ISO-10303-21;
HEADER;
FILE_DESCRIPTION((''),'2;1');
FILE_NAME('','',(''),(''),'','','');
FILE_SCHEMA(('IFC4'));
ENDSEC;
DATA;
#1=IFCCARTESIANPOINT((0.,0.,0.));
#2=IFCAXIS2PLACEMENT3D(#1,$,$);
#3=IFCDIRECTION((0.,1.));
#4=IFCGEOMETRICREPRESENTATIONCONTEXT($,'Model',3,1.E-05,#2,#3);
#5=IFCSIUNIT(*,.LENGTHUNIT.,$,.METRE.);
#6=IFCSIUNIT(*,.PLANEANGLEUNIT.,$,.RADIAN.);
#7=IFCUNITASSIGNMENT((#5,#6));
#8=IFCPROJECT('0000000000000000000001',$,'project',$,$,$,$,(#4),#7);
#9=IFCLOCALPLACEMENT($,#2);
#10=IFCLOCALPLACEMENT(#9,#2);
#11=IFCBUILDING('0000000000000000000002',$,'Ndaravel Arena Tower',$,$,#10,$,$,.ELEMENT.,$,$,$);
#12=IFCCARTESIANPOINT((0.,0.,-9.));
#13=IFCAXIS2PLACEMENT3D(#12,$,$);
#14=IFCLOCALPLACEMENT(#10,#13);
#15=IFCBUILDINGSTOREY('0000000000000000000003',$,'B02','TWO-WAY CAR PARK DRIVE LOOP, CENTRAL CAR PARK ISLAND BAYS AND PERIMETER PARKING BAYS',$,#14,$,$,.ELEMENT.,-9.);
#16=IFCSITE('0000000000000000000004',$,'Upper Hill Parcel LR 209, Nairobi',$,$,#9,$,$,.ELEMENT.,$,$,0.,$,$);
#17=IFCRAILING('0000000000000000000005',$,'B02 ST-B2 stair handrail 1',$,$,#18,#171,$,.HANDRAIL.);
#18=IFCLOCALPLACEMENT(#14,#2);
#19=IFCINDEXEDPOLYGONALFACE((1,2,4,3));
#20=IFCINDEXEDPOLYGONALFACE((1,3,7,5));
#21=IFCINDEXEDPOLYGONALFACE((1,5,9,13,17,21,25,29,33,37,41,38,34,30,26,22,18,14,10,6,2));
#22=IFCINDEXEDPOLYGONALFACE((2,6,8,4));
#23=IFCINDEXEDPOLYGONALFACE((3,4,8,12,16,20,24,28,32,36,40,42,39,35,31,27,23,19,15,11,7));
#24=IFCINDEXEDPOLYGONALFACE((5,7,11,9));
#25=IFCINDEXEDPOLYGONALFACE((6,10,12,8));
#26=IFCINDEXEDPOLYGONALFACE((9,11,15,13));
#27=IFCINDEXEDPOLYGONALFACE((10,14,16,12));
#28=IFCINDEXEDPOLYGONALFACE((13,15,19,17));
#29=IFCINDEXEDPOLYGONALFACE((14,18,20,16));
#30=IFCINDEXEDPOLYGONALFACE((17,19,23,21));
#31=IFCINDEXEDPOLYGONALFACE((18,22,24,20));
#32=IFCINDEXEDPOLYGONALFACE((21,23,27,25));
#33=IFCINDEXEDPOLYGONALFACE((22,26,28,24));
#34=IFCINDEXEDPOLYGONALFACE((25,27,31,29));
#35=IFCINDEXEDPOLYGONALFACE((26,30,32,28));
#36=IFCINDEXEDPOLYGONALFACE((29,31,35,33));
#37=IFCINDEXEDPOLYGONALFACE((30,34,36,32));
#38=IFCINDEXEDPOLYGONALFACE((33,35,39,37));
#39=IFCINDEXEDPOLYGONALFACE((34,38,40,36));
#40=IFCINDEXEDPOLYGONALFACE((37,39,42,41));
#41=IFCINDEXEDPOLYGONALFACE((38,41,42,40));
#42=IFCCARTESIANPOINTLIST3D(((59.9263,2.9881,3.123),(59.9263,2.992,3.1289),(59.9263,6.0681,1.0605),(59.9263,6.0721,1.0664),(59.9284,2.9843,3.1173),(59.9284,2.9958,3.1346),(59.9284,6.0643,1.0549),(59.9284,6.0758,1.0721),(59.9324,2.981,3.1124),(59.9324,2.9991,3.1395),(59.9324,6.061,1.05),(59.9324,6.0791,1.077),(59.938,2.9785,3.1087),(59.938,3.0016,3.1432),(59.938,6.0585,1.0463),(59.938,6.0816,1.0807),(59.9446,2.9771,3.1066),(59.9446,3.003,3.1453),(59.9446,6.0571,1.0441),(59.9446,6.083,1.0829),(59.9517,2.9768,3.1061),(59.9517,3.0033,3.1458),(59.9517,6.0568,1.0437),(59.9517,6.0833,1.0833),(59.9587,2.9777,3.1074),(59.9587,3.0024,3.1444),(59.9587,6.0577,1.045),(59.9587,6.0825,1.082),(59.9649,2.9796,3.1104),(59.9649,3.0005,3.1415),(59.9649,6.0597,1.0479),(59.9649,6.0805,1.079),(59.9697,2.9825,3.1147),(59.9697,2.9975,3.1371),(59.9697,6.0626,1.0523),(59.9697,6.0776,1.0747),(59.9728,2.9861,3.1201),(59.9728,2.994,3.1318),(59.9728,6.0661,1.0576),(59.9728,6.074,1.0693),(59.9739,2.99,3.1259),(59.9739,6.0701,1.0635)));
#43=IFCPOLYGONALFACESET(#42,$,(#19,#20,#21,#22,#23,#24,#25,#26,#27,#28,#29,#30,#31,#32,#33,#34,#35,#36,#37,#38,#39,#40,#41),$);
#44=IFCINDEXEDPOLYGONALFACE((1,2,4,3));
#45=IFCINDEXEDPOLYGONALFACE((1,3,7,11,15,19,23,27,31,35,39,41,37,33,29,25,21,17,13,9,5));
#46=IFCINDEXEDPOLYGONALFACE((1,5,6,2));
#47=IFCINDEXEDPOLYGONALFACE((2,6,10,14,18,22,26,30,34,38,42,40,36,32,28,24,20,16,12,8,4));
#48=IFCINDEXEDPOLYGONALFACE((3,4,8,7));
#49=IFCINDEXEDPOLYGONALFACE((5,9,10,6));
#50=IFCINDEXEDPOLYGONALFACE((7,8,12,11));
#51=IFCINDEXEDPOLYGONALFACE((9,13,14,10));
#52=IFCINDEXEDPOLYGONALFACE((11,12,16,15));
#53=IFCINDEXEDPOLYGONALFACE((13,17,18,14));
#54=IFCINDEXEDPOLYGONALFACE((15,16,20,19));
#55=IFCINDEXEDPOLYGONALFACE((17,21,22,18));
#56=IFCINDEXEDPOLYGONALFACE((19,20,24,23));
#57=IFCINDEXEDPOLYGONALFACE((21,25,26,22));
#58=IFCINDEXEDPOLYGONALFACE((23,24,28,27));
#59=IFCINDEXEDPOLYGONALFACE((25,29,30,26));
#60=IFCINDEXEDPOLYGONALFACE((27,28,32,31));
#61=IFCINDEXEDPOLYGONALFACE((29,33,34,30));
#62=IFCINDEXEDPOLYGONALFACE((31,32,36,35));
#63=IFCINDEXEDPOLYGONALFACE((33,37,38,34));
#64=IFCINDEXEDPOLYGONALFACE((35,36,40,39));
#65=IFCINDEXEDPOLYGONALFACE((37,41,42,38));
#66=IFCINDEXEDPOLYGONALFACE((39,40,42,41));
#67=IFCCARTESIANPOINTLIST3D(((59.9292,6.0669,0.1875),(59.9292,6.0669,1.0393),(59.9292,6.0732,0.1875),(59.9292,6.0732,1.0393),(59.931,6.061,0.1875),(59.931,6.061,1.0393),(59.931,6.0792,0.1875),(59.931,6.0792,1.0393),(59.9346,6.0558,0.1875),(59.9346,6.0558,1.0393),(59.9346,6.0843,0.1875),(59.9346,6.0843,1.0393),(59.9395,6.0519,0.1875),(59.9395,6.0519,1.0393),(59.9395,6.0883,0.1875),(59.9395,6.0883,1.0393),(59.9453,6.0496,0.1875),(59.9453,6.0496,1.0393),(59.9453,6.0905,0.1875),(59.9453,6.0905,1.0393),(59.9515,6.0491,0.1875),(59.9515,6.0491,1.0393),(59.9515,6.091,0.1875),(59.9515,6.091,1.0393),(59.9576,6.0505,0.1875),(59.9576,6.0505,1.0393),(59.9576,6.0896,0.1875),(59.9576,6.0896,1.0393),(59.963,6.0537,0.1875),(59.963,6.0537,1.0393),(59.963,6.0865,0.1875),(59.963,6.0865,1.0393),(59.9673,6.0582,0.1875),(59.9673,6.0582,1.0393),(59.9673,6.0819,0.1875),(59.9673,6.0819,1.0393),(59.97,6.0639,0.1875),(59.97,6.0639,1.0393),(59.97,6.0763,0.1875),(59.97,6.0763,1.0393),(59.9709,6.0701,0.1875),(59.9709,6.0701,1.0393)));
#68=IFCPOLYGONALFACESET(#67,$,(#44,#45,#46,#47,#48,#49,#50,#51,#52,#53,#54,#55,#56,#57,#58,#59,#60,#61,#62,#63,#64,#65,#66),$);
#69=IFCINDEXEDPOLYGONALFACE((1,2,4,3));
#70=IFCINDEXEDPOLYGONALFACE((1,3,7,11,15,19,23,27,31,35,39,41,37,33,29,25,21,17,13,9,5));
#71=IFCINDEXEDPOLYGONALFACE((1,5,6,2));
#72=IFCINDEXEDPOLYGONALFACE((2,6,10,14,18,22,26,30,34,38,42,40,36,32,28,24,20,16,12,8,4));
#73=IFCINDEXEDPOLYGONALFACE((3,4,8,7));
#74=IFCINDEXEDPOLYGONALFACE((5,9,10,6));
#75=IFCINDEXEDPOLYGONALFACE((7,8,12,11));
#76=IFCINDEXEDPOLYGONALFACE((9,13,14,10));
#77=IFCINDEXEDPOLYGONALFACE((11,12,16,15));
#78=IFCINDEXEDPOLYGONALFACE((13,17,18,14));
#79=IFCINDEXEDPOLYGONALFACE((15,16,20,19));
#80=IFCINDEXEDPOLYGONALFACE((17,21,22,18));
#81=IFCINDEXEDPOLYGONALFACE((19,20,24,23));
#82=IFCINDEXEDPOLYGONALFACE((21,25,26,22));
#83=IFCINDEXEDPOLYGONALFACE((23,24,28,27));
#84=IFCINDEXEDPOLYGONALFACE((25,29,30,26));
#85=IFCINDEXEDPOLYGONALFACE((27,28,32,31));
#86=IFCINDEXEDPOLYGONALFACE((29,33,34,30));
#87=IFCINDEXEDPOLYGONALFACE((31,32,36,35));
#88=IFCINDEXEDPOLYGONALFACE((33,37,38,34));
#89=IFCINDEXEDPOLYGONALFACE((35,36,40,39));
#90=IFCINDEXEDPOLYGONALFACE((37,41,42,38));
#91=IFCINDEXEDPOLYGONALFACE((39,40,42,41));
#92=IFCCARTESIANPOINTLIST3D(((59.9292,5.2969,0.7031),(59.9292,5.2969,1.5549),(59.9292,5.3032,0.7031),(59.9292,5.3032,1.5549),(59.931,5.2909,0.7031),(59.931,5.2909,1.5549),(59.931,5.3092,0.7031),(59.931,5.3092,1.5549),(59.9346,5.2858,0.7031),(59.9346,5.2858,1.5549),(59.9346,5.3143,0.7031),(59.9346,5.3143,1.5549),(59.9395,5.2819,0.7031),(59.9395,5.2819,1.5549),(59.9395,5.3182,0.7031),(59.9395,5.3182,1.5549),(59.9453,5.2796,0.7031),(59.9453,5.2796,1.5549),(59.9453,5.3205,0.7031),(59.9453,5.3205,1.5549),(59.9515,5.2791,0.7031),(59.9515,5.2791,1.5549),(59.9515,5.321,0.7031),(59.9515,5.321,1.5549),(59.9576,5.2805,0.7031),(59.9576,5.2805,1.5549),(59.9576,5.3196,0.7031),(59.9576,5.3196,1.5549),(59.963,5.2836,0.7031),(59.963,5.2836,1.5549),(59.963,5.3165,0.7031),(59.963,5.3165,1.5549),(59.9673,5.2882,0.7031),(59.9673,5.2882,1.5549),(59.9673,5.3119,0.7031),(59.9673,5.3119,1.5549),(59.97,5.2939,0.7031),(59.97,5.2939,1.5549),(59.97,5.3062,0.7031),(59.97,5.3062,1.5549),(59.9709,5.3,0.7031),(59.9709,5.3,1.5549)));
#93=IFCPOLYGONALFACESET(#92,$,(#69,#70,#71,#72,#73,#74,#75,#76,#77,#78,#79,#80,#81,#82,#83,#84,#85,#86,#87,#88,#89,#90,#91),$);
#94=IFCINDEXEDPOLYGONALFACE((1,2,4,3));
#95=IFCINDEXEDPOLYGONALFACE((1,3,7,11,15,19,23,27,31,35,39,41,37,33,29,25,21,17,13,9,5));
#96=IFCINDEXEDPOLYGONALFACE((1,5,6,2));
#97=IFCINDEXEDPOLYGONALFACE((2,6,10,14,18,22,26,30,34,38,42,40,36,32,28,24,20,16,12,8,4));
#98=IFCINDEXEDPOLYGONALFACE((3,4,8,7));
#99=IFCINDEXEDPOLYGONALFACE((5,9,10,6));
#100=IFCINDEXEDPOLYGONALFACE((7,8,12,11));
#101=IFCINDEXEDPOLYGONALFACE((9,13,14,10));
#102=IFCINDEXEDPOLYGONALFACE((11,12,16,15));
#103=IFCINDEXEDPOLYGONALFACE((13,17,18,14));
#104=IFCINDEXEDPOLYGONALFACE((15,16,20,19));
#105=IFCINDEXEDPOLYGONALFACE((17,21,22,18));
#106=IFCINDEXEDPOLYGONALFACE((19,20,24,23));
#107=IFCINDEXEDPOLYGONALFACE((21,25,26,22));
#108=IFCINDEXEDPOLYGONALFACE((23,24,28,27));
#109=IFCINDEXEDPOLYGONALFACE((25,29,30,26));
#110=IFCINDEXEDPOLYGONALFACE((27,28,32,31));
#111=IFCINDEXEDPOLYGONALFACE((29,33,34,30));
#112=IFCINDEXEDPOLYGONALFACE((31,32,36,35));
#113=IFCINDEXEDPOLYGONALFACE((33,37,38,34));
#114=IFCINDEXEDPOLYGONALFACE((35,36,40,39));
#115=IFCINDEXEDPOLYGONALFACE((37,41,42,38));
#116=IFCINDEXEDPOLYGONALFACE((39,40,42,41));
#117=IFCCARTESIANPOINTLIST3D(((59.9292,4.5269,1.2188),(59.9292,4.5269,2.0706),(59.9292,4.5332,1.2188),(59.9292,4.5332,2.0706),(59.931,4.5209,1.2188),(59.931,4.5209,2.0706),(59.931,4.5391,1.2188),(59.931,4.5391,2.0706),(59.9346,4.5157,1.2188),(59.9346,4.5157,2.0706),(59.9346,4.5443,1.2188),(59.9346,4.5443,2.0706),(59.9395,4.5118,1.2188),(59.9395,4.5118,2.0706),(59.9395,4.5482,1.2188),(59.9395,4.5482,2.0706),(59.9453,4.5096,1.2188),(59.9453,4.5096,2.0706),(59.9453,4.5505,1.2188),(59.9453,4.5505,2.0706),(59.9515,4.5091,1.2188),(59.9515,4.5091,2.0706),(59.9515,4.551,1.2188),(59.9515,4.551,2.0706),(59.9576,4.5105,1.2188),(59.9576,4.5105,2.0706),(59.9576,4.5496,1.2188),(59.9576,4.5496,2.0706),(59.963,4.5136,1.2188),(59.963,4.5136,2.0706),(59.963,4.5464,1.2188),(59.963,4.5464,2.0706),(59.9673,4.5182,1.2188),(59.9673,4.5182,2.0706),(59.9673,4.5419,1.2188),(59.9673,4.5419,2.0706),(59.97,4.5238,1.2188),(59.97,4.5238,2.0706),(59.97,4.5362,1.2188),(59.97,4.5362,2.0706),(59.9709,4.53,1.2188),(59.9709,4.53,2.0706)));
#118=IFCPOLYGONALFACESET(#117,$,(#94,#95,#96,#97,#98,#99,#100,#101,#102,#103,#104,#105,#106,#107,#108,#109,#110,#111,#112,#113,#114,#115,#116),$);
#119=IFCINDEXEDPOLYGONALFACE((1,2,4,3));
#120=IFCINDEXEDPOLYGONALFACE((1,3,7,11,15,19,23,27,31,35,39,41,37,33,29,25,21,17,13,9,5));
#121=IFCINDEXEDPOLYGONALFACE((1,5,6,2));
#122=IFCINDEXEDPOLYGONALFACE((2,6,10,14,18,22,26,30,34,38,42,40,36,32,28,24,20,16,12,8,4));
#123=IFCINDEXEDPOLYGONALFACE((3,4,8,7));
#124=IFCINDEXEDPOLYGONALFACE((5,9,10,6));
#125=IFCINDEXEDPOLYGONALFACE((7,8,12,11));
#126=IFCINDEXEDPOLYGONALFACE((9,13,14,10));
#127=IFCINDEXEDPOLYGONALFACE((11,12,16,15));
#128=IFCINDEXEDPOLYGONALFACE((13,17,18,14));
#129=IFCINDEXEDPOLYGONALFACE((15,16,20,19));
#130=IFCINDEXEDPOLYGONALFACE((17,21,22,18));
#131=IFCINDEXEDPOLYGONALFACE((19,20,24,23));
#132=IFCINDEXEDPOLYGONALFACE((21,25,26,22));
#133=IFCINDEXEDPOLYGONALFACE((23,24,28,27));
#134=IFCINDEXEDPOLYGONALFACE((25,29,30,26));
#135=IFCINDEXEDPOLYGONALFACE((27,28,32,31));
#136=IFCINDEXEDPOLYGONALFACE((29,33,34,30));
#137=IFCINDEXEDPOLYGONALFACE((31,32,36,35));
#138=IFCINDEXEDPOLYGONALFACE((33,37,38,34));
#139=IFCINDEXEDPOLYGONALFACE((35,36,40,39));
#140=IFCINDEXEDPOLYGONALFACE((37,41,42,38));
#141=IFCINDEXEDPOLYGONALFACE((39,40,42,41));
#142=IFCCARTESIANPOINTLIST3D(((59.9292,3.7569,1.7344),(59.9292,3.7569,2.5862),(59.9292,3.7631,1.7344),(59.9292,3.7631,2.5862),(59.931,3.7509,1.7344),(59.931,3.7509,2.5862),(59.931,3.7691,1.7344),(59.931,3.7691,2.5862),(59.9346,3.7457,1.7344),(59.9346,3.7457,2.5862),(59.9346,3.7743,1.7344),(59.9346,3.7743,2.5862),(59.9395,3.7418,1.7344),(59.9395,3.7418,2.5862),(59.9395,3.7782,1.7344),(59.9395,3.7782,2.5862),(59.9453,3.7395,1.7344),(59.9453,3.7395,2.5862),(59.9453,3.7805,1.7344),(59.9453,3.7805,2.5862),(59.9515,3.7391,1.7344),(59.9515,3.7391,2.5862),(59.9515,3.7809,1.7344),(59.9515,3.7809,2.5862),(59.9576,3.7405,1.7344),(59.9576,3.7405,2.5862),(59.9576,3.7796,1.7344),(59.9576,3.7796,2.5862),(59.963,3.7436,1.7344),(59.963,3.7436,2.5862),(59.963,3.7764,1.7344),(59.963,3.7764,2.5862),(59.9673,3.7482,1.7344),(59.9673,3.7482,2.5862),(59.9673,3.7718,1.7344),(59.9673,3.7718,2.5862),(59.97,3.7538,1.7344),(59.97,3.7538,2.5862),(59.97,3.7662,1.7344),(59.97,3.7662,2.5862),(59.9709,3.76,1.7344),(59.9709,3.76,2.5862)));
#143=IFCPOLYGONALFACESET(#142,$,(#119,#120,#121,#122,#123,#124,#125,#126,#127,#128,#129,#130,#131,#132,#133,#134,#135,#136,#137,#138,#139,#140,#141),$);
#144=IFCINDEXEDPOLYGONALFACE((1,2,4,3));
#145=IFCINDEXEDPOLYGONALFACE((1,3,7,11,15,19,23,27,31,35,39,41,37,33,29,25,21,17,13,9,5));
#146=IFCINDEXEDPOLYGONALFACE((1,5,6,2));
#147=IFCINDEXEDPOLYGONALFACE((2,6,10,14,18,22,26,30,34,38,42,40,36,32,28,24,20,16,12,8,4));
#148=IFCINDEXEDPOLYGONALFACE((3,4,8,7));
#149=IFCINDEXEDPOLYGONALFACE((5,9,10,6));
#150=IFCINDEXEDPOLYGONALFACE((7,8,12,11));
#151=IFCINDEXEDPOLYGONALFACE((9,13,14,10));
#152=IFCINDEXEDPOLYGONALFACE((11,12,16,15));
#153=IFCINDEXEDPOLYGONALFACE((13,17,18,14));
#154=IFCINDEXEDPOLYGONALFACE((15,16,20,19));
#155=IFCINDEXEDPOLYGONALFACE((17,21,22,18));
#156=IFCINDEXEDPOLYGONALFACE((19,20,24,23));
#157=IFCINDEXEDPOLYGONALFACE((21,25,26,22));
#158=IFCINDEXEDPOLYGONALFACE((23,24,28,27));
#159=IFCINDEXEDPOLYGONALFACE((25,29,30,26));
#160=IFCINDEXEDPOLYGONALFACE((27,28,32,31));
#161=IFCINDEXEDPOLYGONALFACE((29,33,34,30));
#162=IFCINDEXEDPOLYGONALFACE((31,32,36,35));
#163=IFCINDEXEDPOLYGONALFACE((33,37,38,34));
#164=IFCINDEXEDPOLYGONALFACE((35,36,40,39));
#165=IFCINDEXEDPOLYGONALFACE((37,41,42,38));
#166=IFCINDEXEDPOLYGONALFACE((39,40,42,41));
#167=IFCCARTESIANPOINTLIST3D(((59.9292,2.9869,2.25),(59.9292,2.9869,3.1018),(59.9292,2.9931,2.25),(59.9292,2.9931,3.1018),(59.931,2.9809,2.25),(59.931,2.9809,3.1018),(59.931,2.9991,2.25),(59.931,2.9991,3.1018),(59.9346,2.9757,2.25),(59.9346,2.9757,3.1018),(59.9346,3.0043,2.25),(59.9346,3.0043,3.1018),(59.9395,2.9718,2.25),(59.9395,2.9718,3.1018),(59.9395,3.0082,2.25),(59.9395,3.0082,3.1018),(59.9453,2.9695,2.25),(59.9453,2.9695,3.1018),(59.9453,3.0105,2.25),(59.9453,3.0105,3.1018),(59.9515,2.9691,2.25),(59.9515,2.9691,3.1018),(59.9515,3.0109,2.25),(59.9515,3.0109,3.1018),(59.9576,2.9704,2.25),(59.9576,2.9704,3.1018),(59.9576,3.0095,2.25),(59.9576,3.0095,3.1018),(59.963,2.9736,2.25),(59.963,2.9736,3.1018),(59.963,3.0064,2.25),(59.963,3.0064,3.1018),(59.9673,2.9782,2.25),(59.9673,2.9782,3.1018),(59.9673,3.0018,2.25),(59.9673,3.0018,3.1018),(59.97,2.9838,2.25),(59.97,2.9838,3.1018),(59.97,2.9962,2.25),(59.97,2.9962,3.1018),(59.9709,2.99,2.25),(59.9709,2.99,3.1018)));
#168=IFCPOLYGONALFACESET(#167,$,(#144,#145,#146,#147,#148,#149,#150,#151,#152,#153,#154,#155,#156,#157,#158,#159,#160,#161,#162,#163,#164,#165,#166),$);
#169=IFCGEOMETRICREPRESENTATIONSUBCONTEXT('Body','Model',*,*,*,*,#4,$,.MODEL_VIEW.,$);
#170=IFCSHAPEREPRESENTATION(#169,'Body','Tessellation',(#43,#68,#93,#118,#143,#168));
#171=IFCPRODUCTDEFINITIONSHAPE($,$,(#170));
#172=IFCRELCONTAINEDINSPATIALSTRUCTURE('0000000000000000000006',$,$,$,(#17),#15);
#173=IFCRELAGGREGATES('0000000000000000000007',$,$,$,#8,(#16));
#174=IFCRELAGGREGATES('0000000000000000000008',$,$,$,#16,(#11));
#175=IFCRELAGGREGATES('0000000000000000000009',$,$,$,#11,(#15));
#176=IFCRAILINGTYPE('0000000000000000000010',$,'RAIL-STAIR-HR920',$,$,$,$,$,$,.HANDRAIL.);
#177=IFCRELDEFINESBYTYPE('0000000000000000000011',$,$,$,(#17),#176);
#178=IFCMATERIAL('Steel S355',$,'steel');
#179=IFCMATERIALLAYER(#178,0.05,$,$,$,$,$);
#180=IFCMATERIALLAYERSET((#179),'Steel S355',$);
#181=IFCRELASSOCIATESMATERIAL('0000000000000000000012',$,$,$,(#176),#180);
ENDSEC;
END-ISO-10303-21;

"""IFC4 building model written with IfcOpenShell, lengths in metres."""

from ifc_helpers import new_model, si_unit, direction, frame, origin, origin_2d, place, context, subcontext, project, spatial, circle, extrude, material, layer, layer_set, type_object, element, save


model = new_model("IFC4")

# Units and contexts
model_context = context("Model", 3, precision=1e-05, world=origin(), true_north=direction((0.0, 1.0)))
body_context = subcontext(model_context, "Body", "Model", "MODEL_VIEW")
ifc_project = project(units=[si_unit("LENGTHUNIT", "METRE"), si_unit("PLANEANGLEUNIT", "RADIAN")], contexts=[model_context])

# Site, building, storey
site_placement = place(None, origin())
site = spatial("IfcSite", under=ifc_project, at=site_placement, Name="Upper Hill Parcel LR 209, Nairobi", CompositionType="ELEMENT", RefElevation=0.0)
building_placement = place(site_placement, origin())
building = spatial("IfcBuilding", under=site, at=building_placement, Name="Ndaravel Arena Tower", CompositionType="ELEMENT")
storey_placement = place(building_placement, frame((0.0, 0.0, -9.0)))
storey = spatial("IfcBuildingStorey", under=building, at=storey_placement, Name="B02", Description="TWO-WAY CAR PARK DRIVE LOOP, CENTRAL CAR PARK ISLAND BAYS AND PERIMETER PARKING BAYS", CompositionType="ELEMENT", Elevation=-9.0)

# Railing
ifc_material_1 = material(Name="Steel S355", Category="steel")
ifc_layer_1 = layer(ifc_material_1, 0.05)
ifc_layer_set_1 = layer_set([ifc_layer_1], Name="Steel S355")
railing_type_1 = type_object("IfcRailingType", Name="RAIL-STAIR-HR920", PredefinedType="HANDRAIL", material=ifc_layer_set_1)
railing_1_placement = place(storey_placement, frame((59.95, 6.0701, 0.1875)))
element("IfcRailing", 1, at=railing_1_placement, inside=storey, type_object=railing_type_1, Name="B02 ST-B2 stair handrail 1", PredefinedType="HANDRAIL", context=body_context, shape_type="SweptSolid", body=[
    extrude(circle(Radius=0.0239, at=origin_2d()), frame((0.0, 0.0, 0.876), z_axis=(0.0, -0.830914, 0.556401), x_axis=(1.0, 0.0, 0.0)), (0.0, 0.0, 1.0), 3.7068),
    extrude(circle(Radius=0.021, at=origin_2d()), origin(), (0.0, 0.0, 1.0), 0.8518),
    extrude(circle(Radius=0.021, at=origin_2d()), frame((0.0, -0.77, 0.5156)), (0.0, 0.0, 1.0), 0.8518),
    extrude(circle(Radius=0.021, at=origin_2d()), frame((0.0, -1.54, 1.0312)), (0.0, 0.0, 1.0), 0.8518),
    extrude(circle(Radius=0.021, at=origin_2d()), frame((0.0, -2.3101, 1.5469)), (0.0, 0.0, 1.0), 0.8518),
    extrude(circle(Radius=0.021, at=origin_2d()), frame((0.0, -3.0801, 2.0625)), (0.0, 0.0, 1.0), 0.8518),
])

save(model, "model.ifc")
